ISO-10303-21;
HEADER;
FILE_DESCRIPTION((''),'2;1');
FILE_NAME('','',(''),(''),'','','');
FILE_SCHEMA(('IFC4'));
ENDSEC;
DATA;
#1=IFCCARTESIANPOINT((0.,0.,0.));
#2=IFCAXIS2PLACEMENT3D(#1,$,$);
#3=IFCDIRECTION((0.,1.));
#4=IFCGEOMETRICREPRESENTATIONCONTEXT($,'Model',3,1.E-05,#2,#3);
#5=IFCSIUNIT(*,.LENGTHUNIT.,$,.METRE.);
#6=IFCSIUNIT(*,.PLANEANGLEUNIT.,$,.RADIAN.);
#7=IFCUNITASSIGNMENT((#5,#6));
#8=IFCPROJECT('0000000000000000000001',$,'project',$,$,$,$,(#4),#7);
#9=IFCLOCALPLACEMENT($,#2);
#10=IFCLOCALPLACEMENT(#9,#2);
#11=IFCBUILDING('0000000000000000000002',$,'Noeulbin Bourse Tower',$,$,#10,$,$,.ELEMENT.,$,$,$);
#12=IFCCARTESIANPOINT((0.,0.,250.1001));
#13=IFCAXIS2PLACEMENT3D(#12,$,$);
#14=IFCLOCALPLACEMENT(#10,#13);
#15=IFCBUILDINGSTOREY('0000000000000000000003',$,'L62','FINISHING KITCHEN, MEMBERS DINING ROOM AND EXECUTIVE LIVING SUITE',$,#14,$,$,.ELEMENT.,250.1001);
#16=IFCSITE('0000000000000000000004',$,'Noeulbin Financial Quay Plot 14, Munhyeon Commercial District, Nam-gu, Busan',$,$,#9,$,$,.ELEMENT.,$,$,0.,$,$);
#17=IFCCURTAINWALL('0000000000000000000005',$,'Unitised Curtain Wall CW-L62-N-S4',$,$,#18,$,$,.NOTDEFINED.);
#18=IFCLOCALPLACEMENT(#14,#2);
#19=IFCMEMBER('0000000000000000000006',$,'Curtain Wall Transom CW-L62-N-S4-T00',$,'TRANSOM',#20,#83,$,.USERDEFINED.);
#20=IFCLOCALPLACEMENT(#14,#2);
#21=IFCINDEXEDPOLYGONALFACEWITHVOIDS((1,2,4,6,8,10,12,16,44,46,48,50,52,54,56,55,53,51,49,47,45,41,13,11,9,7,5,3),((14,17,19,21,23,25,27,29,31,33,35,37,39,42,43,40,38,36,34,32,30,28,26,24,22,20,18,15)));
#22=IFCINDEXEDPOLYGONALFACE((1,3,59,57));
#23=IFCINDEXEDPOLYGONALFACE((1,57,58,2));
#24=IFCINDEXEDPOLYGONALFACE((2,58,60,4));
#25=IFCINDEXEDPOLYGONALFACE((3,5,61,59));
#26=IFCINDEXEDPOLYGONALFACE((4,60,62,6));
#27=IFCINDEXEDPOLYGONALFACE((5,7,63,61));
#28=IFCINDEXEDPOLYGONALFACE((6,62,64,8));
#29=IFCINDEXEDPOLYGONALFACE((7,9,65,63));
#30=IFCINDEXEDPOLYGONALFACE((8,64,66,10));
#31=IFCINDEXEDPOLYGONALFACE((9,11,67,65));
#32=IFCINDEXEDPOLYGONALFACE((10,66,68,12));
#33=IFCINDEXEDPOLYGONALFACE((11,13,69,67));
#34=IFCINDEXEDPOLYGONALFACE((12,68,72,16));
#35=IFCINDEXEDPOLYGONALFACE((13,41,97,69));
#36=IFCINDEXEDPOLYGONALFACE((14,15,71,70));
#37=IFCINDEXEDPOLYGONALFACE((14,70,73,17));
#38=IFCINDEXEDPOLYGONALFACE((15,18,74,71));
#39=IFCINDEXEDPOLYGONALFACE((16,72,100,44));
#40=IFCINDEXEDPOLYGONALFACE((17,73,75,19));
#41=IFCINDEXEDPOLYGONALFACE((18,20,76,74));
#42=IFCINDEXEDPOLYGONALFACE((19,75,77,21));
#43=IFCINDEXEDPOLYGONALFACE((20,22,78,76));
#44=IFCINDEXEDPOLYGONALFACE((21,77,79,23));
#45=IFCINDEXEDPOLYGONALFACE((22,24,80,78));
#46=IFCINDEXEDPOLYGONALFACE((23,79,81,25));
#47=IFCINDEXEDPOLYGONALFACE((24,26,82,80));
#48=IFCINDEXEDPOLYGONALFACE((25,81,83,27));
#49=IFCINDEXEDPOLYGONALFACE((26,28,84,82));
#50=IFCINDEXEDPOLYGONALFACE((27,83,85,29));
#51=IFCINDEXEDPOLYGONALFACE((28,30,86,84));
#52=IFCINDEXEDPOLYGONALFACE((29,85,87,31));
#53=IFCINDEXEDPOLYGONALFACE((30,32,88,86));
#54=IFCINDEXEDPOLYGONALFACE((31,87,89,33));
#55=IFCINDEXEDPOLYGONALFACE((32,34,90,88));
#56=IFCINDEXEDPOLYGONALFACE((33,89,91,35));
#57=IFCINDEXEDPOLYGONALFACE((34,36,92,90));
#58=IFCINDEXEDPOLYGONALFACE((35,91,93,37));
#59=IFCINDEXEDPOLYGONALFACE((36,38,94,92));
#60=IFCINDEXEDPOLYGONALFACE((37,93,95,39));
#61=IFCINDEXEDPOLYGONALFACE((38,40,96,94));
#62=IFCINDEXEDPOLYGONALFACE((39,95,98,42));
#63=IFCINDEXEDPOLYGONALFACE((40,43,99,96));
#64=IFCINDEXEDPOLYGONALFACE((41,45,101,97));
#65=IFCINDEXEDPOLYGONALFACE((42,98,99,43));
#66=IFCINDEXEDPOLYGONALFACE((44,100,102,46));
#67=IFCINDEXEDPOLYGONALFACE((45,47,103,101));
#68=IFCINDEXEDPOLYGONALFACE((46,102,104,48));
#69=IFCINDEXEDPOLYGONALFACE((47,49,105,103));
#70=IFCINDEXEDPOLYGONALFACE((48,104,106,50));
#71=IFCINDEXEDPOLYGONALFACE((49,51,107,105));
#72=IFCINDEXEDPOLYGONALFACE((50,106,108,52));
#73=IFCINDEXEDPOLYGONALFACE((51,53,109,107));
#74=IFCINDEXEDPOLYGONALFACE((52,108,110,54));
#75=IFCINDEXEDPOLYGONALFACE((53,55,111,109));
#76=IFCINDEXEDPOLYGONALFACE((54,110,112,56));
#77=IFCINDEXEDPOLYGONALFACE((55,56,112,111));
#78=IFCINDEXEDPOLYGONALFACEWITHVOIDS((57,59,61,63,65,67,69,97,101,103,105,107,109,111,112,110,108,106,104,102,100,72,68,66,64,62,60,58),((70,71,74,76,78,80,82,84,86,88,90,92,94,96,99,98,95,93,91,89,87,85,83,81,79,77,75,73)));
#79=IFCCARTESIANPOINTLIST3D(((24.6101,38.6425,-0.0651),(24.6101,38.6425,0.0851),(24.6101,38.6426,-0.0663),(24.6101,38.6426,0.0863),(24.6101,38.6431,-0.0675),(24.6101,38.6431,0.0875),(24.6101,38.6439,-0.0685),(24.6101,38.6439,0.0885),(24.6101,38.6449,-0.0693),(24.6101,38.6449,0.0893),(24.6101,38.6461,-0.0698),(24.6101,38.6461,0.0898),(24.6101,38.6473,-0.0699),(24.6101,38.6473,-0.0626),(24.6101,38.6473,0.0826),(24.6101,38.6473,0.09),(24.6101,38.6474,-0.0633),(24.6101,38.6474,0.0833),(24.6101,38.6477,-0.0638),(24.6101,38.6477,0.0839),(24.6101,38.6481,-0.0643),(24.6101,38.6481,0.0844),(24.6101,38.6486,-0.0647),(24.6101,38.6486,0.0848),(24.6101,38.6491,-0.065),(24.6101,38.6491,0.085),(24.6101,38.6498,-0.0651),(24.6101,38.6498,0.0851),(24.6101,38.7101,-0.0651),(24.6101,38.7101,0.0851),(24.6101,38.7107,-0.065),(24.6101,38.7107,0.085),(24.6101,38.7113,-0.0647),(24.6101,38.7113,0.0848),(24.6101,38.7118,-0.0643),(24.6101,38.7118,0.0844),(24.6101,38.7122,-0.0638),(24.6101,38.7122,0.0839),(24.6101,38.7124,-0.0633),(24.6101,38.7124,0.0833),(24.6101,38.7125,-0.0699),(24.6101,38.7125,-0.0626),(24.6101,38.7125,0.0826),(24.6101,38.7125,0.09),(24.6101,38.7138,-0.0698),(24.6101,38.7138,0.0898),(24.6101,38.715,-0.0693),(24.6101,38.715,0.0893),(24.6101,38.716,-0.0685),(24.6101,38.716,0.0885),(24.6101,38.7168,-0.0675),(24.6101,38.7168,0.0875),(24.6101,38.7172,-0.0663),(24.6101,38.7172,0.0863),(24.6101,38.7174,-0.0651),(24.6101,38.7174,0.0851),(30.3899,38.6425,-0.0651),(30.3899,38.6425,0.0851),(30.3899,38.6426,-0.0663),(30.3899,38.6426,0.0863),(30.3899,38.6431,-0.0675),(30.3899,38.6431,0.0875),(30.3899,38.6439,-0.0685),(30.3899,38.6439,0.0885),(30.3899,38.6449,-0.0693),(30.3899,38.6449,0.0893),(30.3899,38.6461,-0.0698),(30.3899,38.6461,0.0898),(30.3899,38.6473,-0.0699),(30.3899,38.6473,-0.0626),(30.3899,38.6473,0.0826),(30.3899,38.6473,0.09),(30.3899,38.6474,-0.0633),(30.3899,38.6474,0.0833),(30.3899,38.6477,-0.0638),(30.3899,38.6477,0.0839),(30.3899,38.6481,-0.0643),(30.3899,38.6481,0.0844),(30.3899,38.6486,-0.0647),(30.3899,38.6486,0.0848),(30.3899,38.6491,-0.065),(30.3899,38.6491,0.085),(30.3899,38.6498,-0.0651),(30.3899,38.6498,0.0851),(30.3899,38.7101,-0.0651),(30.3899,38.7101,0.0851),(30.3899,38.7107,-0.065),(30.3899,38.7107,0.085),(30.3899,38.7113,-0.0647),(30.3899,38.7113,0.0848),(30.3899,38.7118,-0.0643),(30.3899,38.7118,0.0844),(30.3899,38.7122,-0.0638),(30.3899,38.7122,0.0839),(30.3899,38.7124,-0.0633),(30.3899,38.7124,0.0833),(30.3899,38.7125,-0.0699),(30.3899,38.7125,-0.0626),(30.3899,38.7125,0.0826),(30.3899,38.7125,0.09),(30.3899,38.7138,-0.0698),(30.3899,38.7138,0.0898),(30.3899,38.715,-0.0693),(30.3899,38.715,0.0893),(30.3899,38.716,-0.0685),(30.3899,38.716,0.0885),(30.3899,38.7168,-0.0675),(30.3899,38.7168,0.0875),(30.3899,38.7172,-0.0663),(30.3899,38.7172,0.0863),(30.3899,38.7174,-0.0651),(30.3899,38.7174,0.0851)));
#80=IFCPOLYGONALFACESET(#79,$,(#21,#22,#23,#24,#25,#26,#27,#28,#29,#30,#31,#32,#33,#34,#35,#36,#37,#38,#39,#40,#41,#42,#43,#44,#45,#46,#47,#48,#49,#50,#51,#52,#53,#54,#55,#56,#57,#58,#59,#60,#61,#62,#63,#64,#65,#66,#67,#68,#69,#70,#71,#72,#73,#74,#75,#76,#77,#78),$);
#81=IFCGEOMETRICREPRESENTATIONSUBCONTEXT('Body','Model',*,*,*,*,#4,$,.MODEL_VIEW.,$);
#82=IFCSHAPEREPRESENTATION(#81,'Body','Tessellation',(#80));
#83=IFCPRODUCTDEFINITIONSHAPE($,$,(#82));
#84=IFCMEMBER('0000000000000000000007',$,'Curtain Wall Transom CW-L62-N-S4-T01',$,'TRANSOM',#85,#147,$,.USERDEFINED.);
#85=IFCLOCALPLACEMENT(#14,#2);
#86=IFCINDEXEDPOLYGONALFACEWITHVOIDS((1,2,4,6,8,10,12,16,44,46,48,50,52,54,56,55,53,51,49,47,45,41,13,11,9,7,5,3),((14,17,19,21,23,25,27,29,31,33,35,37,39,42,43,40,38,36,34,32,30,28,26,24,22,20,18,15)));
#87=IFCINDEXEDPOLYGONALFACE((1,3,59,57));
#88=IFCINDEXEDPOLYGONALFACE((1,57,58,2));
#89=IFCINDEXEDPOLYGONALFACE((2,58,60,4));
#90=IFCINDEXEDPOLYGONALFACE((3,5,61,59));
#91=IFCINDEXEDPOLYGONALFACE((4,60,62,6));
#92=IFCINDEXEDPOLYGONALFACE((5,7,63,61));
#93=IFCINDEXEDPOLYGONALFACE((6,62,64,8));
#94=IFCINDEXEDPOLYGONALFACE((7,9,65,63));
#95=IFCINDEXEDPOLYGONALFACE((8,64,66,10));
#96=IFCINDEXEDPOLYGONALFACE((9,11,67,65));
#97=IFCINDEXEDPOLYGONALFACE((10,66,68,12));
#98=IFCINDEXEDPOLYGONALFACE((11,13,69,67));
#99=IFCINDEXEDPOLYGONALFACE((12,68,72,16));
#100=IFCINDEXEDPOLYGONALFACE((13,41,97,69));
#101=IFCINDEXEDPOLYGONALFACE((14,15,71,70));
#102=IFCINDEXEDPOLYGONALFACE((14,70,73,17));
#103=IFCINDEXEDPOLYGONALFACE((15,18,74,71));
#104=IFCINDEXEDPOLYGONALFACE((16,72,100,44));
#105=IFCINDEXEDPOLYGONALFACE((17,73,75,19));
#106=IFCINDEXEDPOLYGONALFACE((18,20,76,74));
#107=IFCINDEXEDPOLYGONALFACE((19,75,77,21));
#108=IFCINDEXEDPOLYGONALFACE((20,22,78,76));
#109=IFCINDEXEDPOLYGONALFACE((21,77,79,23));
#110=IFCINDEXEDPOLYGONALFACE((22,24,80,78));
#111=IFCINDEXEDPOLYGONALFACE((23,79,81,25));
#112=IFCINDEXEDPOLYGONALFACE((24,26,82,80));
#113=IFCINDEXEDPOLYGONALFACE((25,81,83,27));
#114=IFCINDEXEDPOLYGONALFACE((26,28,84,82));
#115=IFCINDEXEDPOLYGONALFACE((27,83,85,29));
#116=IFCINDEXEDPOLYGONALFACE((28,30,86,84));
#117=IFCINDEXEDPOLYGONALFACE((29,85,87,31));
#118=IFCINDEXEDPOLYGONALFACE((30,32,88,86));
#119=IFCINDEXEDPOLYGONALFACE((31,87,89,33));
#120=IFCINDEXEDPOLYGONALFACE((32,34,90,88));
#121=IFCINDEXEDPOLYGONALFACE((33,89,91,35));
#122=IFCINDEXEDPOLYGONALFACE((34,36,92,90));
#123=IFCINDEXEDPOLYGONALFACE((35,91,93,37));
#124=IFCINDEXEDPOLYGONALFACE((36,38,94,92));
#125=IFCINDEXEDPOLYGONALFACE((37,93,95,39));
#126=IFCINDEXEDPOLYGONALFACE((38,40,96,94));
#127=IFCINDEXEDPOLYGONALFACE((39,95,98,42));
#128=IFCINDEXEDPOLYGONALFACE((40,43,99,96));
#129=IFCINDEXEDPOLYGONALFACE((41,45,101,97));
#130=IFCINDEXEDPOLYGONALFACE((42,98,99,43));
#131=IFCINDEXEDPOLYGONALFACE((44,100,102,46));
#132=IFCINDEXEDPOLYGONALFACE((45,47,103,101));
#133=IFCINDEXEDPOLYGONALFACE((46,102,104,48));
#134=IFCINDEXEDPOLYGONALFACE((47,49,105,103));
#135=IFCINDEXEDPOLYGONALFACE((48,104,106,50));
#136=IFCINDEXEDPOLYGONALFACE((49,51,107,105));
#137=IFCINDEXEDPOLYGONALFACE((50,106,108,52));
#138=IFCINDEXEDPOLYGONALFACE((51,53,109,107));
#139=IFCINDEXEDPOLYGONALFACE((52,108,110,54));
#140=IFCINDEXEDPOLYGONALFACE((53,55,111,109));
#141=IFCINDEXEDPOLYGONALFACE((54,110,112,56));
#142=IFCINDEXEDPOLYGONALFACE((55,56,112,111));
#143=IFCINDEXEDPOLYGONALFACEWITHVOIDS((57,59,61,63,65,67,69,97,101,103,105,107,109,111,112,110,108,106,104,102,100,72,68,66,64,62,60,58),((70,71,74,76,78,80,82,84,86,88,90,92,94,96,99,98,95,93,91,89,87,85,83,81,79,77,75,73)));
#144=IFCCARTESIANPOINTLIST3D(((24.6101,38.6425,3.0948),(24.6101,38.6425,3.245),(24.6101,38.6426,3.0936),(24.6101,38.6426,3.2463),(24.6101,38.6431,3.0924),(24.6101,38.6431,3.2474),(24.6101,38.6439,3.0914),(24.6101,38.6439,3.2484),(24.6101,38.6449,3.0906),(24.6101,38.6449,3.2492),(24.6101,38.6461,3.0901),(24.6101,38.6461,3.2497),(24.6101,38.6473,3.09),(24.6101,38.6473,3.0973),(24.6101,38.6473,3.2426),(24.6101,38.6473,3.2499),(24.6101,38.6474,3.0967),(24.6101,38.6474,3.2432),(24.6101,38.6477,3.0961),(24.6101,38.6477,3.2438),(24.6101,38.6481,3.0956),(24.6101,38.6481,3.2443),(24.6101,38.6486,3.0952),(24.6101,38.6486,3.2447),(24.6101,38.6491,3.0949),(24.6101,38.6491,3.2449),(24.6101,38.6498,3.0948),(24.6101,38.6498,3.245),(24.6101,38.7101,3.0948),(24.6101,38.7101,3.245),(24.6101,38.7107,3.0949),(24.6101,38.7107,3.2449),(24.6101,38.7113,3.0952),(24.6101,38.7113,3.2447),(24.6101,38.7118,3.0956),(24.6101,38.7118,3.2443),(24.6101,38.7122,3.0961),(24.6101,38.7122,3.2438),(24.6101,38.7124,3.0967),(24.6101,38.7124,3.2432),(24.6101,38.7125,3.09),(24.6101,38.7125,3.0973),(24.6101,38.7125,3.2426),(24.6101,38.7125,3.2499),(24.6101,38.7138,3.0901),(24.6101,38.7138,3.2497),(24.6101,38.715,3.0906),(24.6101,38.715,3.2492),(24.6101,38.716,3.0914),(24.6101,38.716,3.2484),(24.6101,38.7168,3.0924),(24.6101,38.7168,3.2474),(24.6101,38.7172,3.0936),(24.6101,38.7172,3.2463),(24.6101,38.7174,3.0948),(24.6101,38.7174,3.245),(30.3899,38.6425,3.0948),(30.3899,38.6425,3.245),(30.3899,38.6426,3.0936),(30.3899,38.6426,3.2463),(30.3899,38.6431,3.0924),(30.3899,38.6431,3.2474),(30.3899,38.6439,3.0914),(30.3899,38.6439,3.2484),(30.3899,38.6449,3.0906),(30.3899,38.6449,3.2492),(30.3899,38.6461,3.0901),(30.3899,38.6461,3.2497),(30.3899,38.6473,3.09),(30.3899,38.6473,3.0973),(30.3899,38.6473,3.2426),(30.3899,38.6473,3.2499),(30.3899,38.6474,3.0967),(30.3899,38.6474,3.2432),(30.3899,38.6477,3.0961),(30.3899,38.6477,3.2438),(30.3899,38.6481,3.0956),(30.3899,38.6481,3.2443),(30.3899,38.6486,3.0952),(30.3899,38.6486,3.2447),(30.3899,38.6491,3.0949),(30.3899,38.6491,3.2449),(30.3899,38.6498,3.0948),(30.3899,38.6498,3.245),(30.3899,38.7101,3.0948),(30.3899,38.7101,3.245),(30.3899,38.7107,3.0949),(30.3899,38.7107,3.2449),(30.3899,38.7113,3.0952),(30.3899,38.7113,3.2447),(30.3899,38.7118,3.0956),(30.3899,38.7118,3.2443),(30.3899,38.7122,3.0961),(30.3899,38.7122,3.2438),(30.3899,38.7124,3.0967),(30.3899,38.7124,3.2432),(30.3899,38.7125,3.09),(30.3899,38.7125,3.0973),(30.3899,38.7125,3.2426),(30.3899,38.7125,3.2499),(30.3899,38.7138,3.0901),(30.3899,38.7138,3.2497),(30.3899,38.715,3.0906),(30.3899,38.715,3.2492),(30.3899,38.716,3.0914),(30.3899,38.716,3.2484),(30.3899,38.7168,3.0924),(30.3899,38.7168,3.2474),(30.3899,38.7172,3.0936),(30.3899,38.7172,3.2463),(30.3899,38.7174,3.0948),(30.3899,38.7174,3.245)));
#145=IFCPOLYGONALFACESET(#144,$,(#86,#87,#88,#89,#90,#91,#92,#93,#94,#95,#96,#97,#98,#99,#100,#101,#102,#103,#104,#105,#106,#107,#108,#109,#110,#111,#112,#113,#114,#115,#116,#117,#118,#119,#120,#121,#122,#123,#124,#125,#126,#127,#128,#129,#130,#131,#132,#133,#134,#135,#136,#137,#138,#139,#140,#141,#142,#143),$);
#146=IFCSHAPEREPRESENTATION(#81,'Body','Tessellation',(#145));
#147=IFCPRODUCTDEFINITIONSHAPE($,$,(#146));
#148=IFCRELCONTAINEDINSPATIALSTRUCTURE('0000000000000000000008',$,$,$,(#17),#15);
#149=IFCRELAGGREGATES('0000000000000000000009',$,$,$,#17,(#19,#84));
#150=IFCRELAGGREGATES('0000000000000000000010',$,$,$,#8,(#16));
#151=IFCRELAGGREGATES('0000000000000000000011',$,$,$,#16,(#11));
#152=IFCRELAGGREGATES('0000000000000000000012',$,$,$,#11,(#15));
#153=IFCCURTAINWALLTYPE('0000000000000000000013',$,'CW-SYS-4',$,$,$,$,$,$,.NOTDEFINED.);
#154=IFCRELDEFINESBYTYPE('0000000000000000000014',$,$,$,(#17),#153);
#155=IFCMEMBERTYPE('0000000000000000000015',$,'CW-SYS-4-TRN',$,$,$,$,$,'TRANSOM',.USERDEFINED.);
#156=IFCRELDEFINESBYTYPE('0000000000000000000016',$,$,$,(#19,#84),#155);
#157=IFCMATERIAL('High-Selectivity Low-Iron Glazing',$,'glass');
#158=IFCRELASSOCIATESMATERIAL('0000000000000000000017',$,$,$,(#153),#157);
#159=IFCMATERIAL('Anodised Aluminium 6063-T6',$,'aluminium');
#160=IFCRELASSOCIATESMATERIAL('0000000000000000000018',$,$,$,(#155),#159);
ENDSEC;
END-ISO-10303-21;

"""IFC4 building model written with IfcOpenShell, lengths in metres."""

from ifc_helpers import new_model, si_unit, direction, frame, origin, origin_2d, place, context, subcontext, project, spatial, hollow_rectangle, extrude, material, material_profile, profile_set, type_object, element, aggregate, save


model = new_model("IFC4")

# Units and contexts
model_context = context("Model", 3, precision=1e-05, world=origin(), true_north=direction((0.0, 1.0)))
body_context = subcontext(model_context, "Body", "Model", "MODEL_VIEW")
ifc_project = project(units=[si_unit("LENGTHUNIT", "METRE"), si_unit("PLANEANGLEUNIT", "RADIAN")], contexts=[model_context])

# Site, building, storey
site_placement = place(None, origin())
site = spatial("IfcSite", under=ifc_project, at=site_placement, Name="Noeulbin Financial Quay Plot 14, Munhyeon Commercial District, Nam-gu, Busan", CompositionType="ELEMENT", RefElevation=0.0)
building_placement = place(site_placement, origin())
building = spatial("IfcBuilding", under=site, at=building_placement, Name="Noeulbin Bourse Tower", CompositionType="ELEMENT")
storey_placement = place(building_placement, frame((0.0, 0.0, 250.1001)))
storey = spatial("IfcBuildingStorey", under=building, at=storey_placement, Name="L62", Description="FINISHING KITCHEN, MEMBERS DINING ROOM AND EXECUTIVE LIVING SUITE", CompositionType="ELEMENT", Elevation=250.1001)

# Curtain wall
ifc_material_1 = material(Name="High-Selectivity Low-Iron Glazing", Category="glass")
curtain_wall_type = type_object("IfcCurtainWallType", Name="CW-SYS-4", PredefinedType="NOTDEFINED", material=ifc_material_1)
curtain_wall_1_placement = place(storey_placement, origin())
curtain_wall_1 = element("IfcCurtainWall", 1, at=curtain_wall_1_placement, inside=storey, type_object=curtain_wall_type, Name="Unitised Curtain Wall CW-L62-N-S4", PredefinedType="NOTDEFINED")
ifc_material_2 = material(Name="Anodised Aluminium 6063-T6", Category="aluminium")

# Members
ifc_material_profile_1 = material_profile(ifc_material_2, hollow_rectangle(XDim=0.075, YDim=0.1599, WallThickness=0.0049, InnerFilletRadius=0.0024, OuterFilletRadius=0.0049, at=origin_2d()), Name="ALU-TRAN-75x160x5", Category="LoadBearing")
ifc_profile_set_1 = profile_set([ifc_material_profile_1], Name="Anodised Aluminium 6063-T6")
member_type_1 = type_object("IfcMemberType", Name="CW-SYS-4-TRN", ElementType="TRANSOM", PredefinedType="USERDEFINED", material=ifc_profile_set_1)
member_1_placement = place(storey_placement, frame((24.6101, 38.6799, 0.01), z_axis=(1.0, 0.0, 0.0), x_axis=(0.0, 1.0, 0.0)))
member_1 = element("IfcMember", 2, at=member_1_placement, type_object=member_type_1, Name="Curtain Wall Transom CW-L62-N-S4-T00", ObjectType="TRANSOM", PredefinedType="USERDEFINED", context=body_context, shape_type="SweptSolid", body=[
    extrude(hollow_rectangle(XDim=0.075, YDim=0.1599, WallThickness=0.0049, InnerFilletRadius=0.0024, OuterFilletRadius=0.0049, at=origin_2d()), origin(), (0.0, 0.0, 1.0), 5.7798),
])
member_2_placement = place(storey_placement, frame((24.6101, 38.6799, 3.1699), z_axis=(1.0, 0.0, 0.0), x_axis=(0.0, 1.0, 0.0)))
member_2 = element("IfcMember", 3, at=member_2_placement, type_object=member_type_1, Name="Curtain Wall Transom CW-L62-N-S4-T01", ObjectType="TRANSOM", PredefinedType="USERDEFINED", context=body_context, shape_type="SweptSolid", body=[
    extrude(hollow_rectangle(XDim=0.075, YDim=0.1599, WallThickness=0.0049, InnerFilletRadius=0.0024, OuterFilletRadius=0.0049, at=origin_2d()), origin(), (0.0, 0.0, 1.0), 5.7798),
])

aggregate(curtain_wall_1, [member_1, member_2])

save(model, "model.ifc")
